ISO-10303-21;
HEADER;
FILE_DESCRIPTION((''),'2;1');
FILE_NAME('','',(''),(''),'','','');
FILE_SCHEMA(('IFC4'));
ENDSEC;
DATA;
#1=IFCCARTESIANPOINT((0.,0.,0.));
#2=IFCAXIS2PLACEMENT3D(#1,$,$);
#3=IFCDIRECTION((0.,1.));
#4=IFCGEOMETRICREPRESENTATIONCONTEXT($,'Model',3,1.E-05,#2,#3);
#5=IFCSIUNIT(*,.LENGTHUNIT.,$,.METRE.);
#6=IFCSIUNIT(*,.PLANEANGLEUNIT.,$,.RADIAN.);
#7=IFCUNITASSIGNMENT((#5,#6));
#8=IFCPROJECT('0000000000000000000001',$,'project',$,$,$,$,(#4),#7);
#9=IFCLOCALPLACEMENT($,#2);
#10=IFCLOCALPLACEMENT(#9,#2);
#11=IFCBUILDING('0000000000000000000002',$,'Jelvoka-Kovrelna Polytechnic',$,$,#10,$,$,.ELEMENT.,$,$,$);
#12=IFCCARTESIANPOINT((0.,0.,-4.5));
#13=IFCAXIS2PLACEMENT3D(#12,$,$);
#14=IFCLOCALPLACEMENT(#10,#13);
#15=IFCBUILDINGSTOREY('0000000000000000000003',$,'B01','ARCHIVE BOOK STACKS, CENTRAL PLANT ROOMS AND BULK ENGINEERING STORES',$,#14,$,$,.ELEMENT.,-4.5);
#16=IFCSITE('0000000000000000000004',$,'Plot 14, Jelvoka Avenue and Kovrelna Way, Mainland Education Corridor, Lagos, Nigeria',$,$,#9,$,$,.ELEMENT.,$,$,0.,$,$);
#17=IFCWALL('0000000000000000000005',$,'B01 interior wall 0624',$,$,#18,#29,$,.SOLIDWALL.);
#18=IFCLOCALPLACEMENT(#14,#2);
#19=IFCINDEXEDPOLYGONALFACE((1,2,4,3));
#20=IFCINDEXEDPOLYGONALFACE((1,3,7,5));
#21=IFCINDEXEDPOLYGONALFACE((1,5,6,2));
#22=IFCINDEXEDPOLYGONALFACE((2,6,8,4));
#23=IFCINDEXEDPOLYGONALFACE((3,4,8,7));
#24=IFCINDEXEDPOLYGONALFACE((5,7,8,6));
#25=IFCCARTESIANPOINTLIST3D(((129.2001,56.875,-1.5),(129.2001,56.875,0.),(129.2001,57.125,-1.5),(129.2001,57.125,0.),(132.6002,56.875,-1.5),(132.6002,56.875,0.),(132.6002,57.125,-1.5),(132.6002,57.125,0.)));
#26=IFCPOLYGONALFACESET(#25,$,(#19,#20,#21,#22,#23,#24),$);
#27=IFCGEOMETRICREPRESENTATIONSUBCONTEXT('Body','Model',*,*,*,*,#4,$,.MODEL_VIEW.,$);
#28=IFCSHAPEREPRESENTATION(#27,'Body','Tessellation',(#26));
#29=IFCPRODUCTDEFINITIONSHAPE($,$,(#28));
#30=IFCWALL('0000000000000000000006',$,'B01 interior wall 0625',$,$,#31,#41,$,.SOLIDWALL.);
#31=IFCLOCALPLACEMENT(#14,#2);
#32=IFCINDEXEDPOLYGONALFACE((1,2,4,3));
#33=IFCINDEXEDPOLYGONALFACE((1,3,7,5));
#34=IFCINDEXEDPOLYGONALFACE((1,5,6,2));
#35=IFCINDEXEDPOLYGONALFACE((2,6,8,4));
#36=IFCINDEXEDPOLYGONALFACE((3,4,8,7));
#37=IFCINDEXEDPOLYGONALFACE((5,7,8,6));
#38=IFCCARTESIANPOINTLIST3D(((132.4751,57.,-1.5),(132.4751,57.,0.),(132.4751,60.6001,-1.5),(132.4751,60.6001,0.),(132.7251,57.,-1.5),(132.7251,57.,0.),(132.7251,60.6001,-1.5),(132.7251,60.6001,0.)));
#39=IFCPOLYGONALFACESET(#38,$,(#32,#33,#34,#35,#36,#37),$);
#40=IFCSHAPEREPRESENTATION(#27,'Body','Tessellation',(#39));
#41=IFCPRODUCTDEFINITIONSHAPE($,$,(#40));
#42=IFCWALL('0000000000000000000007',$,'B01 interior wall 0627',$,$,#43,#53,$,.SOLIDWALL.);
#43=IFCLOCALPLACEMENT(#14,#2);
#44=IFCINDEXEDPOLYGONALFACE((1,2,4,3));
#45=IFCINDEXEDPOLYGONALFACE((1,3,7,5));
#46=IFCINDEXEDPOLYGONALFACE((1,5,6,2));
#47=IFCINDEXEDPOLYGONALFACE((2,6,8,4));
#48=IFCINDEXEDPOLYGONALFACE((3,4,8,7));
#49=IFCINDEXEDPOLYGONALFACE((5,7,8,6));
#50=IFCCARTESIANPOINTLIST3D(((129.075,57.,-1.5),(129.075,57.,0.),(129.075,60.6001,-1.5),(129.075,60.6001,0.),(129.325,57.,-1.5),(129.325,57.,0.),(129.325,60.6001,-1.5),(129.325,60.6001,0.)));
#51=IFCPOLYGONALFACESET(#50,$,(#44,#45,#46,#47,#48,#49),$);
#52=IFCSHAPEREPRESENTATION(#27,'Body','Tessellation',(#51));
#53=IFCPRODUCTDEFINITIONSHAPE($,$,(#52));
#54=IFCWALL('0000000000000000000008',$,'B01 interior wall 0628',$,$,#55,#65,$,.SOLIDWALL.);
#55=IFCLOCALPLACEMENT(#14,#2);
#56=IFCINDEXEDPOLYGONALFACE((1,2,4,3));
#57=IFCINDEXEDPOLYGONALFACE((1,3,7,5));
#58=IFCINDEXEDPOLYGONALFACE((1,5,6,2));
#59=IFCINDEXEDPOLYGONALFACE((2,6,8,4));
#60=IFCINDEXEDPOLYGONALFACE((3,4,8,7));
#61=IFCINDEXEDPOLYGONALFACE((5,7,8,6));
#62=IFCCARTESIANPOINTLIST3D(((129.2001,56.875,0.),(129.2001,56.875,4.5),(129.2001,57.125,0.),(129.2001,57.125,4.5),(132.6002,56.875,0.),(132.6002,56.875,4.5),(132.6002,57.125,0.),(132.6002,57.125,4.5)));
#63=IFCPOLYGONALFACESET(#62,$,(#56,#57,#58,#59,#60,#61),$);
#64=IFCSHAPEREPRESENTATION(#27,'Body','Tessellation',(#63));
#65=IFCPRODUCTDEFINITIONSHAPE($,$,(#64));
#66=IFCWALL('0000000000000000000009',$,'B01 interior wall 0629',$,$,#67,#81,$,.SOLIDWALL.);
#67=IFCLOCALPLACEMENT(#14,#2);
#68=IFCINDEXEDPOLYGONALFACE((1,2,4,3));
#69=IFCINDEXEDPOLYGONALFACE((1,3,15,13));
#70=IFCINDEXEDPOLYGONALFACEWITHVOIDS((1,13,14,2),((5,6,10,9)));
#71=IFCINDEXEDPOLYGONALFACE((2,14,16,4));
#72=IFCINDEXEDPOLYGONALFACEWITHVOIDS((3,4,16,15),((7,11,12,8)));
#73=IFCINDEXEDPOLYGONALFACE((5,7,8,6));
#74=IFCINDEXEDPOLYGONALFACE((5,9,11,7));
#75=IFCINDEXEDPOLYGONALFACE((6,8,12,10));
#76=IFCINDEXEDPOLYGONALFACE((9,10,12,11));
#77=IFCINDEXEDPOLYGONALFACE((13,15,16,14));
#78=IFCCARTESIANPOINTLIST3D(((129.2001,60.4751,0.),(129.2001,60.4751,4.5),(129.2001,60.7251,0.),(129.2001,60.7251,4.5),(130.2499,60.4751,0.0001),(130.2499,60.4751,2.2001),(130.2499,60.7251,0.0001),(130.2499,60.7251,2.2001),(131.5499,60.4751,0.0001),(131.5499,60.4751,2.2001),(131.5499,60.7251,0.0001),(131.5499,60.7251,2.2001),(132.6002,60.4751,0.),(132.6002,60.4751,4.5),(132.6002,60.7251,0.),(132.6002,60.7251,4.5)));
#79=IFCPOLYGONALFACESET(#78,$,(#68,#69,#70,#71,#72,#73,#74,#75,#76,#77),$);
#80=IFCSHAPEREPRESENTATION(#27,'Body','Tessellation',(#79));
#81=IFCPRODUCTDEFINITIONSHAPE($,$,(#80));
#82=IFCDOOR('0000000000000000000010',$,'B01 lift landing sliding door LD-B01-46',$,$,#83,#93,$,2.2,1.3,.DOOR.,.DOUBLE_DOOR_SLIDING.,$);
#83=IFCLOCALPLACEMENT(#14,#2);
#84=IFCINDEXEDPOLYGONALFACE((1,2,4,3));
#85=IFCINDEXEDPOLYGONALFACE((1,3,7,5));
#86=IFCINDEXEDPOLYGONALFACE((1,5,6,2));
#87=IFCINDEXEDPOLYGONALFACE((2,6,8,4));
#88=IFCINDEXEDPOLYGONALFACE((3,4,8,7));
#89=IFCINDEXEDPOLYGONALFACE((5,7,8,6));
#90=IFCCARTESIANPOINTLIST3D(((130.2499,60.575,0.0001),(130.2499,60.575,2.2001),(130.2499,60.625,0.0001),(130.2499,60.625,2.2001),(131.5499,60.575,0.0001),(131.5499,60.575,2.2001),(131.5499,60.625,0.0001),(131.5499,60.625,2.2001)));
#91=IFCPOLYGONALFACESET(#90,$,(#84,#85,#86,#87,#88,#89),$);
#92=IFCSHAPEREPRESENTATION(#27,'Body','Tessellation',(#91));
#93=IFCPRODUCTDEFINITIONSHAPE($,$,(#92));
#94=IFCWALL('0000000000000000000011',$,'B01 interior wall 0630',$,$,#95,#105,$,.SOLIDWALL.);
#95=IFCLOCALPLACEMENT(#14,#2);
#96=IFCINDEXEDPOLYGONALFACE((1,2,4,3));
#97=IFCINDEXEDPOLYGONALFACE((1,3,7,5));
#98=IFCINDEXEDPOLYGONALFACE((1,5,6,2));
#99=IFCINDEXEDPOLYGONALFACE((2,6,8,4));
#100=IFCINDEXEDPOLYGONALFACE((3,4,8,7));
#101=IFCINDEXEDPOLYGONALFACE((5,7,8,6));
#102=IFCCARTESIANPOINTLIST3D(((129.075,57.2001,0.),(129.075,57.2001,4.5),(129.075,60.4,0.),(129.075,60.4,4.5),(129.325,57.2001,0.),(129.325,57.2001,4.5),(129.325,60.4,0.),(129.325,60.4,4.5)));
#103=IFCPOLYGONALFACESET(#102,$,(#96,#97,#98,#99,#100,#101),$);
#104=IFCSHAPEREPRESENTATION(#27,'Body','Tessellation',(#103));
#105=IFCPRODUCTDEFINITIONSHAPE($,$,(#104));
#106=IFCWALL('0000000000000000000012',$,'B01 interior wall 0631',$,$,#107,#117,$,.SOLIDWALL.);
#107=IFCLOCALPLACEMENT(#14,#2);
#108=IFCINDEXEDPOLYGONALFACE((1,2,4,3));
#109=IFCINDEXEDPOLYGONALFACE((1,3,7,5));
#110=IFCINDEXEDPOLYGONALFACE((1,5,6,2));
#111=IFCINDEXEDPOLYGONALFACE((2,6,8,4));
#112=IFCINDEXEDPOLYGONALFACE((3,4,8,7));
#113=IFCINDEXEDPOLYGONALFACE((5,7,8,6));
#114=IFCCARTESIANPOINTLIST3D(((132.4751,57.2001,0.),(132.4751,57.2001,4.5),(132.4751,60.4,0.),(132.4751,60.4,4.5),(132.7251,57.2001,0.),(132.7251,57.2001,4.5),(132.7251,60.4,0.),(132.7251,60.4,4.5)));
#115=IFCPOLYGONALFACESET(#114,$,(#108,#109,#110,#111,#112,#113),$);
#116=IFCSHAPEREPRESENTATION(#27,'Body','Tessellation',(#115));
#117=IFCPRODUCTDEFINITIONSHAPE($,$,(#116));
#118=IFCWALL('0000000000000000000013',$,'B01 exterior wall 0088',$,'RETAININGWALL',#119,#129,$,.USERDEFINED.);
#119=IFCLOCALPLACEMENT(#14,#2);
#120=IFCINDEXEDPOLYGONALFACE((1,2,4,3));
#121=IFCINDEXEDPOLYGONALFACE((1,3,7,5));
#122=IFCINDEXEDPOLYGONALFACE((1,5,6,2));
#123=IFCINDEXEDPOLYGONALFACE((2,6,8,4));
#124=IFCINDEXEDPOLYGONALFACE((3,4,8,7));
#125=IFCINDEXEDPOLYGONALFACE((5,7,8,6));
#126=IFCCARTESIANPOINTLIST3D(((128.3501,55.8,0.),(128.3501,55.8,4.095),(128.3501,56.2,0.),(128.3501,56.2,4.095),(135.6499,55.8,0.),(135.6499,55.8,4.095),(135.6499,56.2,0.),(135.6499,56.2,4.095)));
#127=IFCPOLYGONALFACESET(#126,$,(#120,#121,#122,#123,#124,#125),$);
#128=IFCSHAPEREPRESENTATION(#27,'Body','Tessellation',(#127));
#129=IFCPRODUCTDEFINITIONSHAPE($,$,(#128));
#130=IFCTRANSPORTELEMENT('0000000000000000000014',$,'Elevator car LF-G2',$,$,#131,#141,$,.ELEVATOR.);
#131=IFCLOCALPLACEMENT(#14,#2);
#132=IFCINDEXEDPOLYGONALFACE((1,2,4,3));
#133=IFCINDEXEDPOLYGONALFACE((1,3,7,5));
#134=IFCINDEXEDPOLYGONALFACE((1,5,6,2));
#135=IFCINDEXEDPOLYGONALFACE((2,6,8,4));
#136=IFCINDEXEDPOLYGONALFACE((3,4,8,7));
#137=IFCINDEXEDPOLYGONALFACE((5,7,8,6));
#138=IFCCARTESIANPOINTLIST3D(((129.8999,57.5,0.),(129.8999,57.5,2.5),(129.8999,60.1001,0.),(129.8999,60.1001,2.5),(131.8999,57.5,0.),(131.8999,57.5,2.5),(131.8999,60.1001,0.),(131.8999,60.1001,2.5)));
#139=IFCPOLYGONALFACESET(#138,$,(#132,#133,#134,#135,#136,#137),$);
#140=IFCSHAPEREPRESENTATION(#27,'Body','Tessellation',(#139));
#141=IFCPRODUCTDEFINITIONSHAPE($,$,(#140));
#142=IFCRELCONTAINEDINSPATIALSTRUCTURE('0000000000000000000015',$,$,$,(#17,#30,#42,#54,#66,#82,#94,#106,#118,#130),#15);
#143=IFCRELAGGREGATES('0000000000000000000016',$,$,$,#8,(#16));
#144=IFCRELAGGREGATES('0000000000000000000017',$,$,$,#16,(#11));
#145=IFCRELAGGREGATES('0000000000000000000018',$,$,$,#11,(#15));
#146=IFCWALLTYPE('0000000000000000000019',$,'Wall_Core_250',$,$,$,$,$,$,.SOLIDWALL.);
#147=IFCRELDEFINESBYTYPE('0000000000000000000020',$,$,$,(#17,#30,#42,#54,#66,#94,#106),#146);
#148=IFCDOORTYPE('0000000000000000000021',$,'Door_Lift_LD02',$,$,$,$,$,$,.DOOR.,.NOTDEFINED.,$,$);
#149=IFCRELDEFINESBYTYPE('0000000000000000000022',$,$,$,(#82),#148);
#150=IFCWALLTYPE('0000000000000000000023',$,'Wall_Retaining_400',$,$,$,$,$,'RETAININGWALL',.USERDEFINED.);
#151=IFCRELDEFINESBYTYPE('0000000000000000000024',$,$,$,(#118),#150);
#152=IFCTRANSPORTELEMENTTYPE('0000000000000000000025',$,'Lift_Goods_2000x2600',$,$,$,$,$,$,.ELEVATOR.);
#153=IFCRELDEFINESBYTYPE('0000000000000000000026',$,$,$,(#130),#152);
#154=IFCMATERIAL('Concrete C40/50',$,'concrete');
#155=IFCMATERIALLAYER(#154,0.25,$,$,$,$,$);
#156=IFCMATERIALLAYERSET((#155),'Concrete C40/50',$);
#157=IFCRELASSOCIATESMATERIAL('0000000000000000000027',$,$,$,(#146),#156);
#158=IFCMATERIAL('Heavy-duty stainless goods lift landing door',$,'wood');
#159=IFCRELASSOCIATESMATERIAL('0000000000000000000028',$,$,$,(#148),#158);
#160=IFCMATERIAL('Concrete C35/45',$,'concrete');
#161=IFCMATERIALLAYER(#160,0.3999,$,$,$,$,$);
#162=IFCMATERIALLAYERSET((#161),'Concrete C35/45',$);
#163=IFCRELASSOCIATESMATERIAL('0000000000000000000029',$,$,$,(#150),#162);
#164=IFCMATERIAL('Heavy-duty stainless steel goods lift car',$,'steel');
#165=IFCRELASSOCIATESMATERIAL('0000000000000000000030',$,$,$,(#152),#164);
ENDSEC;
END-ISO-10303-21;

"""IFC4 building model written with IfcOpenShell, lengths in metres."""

from ifc_helpers import new_model, si_unit, direction, frame, frame_2d, origin, origin_2d, place, context, subcontext, project, spatial, rectangle, extrude, material, layer, layer_set, type_object, element, fill, save


model = new_model("IFC4")

# Units and contexts
model_context = context("Model", 3, precision=1e-05, world=origin(), true_north=direction((0.0, 1.0)))
body_context = subcontext(model_context, "Body", "Model", "MODEL_VIEW")
ifc_project = project(units=[si_unit("LENGTHUNIT", "METRE"), si_unit("PLANEANGLEUNIT", "RADIAN")], contexts=[model_context])

# Site, building, storey
site_placement = place(None, origin())
site = spatial("IfcSite", under=ifc_project, at=site_placement, Name="Plot 14, Jelvoka Avenue and Kovrelna Way, Mainland Education Corridor, Lagos, Nigeria", CompositionType="ELEMENT", RefElevation=0.0)
building_placement = place(site_placement, origin())
building = spatial("IfcBuilding", under=site, at=building_placement, Name="Jelvoka-Kovrelna Polytechnic", CompositionType="ELEMENT")
storey_placement = place(building_placement, frame((0.0, 0.0, -4.5)))
storey = spatial("IfcBuildingStorey", under=building, at=storey_placement, Name="B01", Description="ARCHIVE BOOK STACKS, CENTRAL PLANT ROOMS AND BULK ENGINEERING STORES", CompositionType="ELEMENT", Elevation=-4.5)

# Walls
ifc_material_1 = material(Name="Concrete C40/50", Category="concrete")
ifc_layer_1 = layer(ifc_material_1, 0.25)
ifc_layer_set_1 = layer_set([ifc_layer_1], Name="Concrete C40/50")
wall_type_1 = type_object("IfcWallType", Name="Wall_Core_250", PredefinedType="SOLIDWALL", material=ifc_layer_set_1)
wall_1_placement = place(storey_placement, frame((129.2, 57.0, -1.5), z_axis=(0.0, 0.0, 1.0), x_axis=(1.0, 0.0, 0.0)))
element("IfcWall", 1, at=wall_1_placement, inside=storey, type_object=wall_type_1, Name="B01 interior wall 0624", PredefinedType="SOLIDWALL", context=body_context, shape_type="SweptSolid", body=[
    extrude(rectangle(XDim=3.4001, YDim=0.25, at=frame_2d((1.7002, 0.0))), origin(), (0.0, 0.0, 1.0), 1.5),
])
for number, where, z_axis, x_axis, name in (
    (2, (132.6001, 57.0, -1.5), (0.0, 0.0, 1.0), (0.0, 1.0, 0.0), "B01 interior wall 0625"),
    (3, (129.2, 60.6001, -1.5), (0.0, 0.0, 1.0), (0.0, -1.0, 0.0), "B01 interior wall 0627"),
):
    element("IfcWall", number, at=place(storey_placement, frame(where, z_axis=z_axis, x_axis=x_axis)), inside=storey, type_object=wall_type_1, Name=name, PredefinedType="SOLIDWALL", context=body_context, shape_type="SweptSolid", body=[
        extrude(rectangle(XDim=3.6001, YDim=0.25, at=frame_2d((1.8, 0.0))), origin(), (0.0, 0.0, 1.0), 1.5),
    ])
wall_2_placement = place(storey_placement, frame((129.2, 57.0, 0.0), z_axis=(0.0, 0.0, 1.0), x_axis=(1.0, 0.0, 0.0)))
element("IfcWall", 4, at=wall_2_placement, inside=storey, type_object=wall_type_1, Name="B01 interior wall 0628", PredefinedType="SOLIDWALL", context=body_context, shape_type="SweptSolid", body=[
    extrude(rectangle(XDim=3.4001, YDim=0.25, at=frame_2d((1.7002, 0.0))), origin(), (0.0, 0.0, 1.0), 4.5),
])

# Wall, opening, door
wall_3_placement = place(storey_placement, frame((129.2, 60.6001, 0.0), z_axis=(0.0, 0.0, 1.0), x_axis=(1.0, 0.0, 0.0)))
wall_3 = element("IfcWall", 5, at=wall_3_placement, inside=storey, type_object=wall_type_1, Name="B01 interior wall 0629", PredefinedType="SOLIDWALL", context=body_context, shape_type="SweptSolid", body=[
    extrude(rectangle(XDim=3.4001, YDim=0.25, at=frame_2d((1.7002, 0.0))), origin(), (0.0, 0.0, 1.0), 4.5),
])
opening_placement = place(wall_3_placement, frame((1.05, 0.0, 0.0)))
opening = element("IfcOpeningElement", 6, at=opening_placement, cuts=wall_3, PredefinedType="OPENING", context=body_context, shape_type="SweptSolid", body=[
    extrude(rectangle(XDim=1.3, YDim=2.2, at=frame_2d((0.6499, 1.1001))), frame((0.0, 0.135, 0.0), z_axis=(0.0, -1.0, 0.0), x_axis=(1.0, 0.0, 0.0)), (0.0, 0.0, 1.0), 0.27),
])
ifc_material_2 = material(Name="Heavy-duty stainless goods lift landing door", Category="wood")
door_type = type_object("IfcDoorType", Name="Door_Lift_LD02", OperationType="NOTDEFINED", PredefinedType="DOOR", material=ifc_material_2)
door_placement = place(opening_placement, origin())
door = element("IfcDoor", 7, at=door_placement, inside=storey, type_object=door_type, Name="B01 lift landing sliding door LD-B01-46", OperationType="DOUBLE_DOOR_SLIDING", OverallHeight=2.2, OverallWidth=1.3, PredefinedType="DOOR", context=body_context, shape_type="SweptSolid", body=[
    extrude(rectangle(XDim=1.3, YDim=2.2, at=frame_2d((0.6499, 1.1001))), frame((0.0, 0.0249, 0.0), z_axis=(0.0, -1.0, 0.0), x_axis=(1.0, 0.0, 0.0)), (0.0, 0.0, 1.0), 0.05),
])
fill(opening, door)

# Walls
for number, where, z_axis, x_axis, name in (
    (8, (129.2, 57.2, 0.0), (0.0, 0.0, 1.0), (0.0, 1.0, 0.0), "B01 interior wall 0630"),
    (9, (132.6001, 57.2, 0.0), (0.0, 0.0, 1.0), (0.0, 1.0, 0.0), "B01 interior wall 0631"),
):
    element("IfcWall", number, at=place(storey_placement, frame(where, z_axis=z_axis, x_axis=x_axis)), inside=storey, type_object=wall_type_1, Name=name, PredefinedType="SOLIDWALL", context=body_context, shape_type="SweptSolid", body=[
        extrude(rectangle(XDim=3.2, YDim=0.25, at=frame_2d((1.6001, 0.0))), origin(), (0.0, 0.0, 1.0), 4.5),
    ])
ifc_material_3 = material(Name="Concrete C35/45", Category="concrete")
ifc_layer_2 = layer(ifc_material_3, 0.3999)
ifc_layer_set_2 = layer_set([ifc_layer_2], Name="Concrete C35/45")
wall_type_2 = type_object("IfcWallType", Name="Wall_Retaining_400", ElementType="RETAININGWALL", PredefinedType="USERDEFINED", material=ifc_layer_set_2)
wall_4_placement = place(storey_placement, frame((135.6499, 56.0, 0.0), z_axis=(0.0, 0.0, 1.0), x_axis=(-1.0, 0.0, 0.0)))
element("IfcWall", 10, at=wall_4_placement, inside=storey, type_object=wall_type_2, Name="B01 exterior wall 0088", ObjectType="RETAININGWALL", PredefinedType="USERDEFINED", context=body_context, shape_type="SweptSolid", body=[
    extrude(rectangle(XDim=7.2998, YDim=0.3999, at=frame_2d((3.6499, 0.0))), origin(), (0.0, 0.0, 1.0), 4.095),
])

# Transport element
ifc_material_4 = material(Name="Heavy-duty stainless steel goods lift car", Category="steel")
transport_element_type = type_object("IfcTransportElementType", Name="Lift_Goods_2000x2600", PredefinedType="ELEVATOR", material=ifc_material_4)
transport_element_placement = place(storey_placement, frame((130.8999, 58.8, 0.0), z_axis=(0.0, 0.0, 1.0), x_axis=(1.0, 0.0, 0.0)))
element("IfcTransportElement", 11, at=transport_element_placement, inside=storey, type_object=transport_element_type, Name="Elevator car LF-G2", PredefinedType="ELEVATOR", context=body_context, shape_type="SweptSolid", body=[
    extrude(rectangle(XDim=2.0, YDim=2.6001, at=origin_2d()), origin(), (0.0, 0.0, 1.0), 2.5),
])

save(model, "model.ifc")
